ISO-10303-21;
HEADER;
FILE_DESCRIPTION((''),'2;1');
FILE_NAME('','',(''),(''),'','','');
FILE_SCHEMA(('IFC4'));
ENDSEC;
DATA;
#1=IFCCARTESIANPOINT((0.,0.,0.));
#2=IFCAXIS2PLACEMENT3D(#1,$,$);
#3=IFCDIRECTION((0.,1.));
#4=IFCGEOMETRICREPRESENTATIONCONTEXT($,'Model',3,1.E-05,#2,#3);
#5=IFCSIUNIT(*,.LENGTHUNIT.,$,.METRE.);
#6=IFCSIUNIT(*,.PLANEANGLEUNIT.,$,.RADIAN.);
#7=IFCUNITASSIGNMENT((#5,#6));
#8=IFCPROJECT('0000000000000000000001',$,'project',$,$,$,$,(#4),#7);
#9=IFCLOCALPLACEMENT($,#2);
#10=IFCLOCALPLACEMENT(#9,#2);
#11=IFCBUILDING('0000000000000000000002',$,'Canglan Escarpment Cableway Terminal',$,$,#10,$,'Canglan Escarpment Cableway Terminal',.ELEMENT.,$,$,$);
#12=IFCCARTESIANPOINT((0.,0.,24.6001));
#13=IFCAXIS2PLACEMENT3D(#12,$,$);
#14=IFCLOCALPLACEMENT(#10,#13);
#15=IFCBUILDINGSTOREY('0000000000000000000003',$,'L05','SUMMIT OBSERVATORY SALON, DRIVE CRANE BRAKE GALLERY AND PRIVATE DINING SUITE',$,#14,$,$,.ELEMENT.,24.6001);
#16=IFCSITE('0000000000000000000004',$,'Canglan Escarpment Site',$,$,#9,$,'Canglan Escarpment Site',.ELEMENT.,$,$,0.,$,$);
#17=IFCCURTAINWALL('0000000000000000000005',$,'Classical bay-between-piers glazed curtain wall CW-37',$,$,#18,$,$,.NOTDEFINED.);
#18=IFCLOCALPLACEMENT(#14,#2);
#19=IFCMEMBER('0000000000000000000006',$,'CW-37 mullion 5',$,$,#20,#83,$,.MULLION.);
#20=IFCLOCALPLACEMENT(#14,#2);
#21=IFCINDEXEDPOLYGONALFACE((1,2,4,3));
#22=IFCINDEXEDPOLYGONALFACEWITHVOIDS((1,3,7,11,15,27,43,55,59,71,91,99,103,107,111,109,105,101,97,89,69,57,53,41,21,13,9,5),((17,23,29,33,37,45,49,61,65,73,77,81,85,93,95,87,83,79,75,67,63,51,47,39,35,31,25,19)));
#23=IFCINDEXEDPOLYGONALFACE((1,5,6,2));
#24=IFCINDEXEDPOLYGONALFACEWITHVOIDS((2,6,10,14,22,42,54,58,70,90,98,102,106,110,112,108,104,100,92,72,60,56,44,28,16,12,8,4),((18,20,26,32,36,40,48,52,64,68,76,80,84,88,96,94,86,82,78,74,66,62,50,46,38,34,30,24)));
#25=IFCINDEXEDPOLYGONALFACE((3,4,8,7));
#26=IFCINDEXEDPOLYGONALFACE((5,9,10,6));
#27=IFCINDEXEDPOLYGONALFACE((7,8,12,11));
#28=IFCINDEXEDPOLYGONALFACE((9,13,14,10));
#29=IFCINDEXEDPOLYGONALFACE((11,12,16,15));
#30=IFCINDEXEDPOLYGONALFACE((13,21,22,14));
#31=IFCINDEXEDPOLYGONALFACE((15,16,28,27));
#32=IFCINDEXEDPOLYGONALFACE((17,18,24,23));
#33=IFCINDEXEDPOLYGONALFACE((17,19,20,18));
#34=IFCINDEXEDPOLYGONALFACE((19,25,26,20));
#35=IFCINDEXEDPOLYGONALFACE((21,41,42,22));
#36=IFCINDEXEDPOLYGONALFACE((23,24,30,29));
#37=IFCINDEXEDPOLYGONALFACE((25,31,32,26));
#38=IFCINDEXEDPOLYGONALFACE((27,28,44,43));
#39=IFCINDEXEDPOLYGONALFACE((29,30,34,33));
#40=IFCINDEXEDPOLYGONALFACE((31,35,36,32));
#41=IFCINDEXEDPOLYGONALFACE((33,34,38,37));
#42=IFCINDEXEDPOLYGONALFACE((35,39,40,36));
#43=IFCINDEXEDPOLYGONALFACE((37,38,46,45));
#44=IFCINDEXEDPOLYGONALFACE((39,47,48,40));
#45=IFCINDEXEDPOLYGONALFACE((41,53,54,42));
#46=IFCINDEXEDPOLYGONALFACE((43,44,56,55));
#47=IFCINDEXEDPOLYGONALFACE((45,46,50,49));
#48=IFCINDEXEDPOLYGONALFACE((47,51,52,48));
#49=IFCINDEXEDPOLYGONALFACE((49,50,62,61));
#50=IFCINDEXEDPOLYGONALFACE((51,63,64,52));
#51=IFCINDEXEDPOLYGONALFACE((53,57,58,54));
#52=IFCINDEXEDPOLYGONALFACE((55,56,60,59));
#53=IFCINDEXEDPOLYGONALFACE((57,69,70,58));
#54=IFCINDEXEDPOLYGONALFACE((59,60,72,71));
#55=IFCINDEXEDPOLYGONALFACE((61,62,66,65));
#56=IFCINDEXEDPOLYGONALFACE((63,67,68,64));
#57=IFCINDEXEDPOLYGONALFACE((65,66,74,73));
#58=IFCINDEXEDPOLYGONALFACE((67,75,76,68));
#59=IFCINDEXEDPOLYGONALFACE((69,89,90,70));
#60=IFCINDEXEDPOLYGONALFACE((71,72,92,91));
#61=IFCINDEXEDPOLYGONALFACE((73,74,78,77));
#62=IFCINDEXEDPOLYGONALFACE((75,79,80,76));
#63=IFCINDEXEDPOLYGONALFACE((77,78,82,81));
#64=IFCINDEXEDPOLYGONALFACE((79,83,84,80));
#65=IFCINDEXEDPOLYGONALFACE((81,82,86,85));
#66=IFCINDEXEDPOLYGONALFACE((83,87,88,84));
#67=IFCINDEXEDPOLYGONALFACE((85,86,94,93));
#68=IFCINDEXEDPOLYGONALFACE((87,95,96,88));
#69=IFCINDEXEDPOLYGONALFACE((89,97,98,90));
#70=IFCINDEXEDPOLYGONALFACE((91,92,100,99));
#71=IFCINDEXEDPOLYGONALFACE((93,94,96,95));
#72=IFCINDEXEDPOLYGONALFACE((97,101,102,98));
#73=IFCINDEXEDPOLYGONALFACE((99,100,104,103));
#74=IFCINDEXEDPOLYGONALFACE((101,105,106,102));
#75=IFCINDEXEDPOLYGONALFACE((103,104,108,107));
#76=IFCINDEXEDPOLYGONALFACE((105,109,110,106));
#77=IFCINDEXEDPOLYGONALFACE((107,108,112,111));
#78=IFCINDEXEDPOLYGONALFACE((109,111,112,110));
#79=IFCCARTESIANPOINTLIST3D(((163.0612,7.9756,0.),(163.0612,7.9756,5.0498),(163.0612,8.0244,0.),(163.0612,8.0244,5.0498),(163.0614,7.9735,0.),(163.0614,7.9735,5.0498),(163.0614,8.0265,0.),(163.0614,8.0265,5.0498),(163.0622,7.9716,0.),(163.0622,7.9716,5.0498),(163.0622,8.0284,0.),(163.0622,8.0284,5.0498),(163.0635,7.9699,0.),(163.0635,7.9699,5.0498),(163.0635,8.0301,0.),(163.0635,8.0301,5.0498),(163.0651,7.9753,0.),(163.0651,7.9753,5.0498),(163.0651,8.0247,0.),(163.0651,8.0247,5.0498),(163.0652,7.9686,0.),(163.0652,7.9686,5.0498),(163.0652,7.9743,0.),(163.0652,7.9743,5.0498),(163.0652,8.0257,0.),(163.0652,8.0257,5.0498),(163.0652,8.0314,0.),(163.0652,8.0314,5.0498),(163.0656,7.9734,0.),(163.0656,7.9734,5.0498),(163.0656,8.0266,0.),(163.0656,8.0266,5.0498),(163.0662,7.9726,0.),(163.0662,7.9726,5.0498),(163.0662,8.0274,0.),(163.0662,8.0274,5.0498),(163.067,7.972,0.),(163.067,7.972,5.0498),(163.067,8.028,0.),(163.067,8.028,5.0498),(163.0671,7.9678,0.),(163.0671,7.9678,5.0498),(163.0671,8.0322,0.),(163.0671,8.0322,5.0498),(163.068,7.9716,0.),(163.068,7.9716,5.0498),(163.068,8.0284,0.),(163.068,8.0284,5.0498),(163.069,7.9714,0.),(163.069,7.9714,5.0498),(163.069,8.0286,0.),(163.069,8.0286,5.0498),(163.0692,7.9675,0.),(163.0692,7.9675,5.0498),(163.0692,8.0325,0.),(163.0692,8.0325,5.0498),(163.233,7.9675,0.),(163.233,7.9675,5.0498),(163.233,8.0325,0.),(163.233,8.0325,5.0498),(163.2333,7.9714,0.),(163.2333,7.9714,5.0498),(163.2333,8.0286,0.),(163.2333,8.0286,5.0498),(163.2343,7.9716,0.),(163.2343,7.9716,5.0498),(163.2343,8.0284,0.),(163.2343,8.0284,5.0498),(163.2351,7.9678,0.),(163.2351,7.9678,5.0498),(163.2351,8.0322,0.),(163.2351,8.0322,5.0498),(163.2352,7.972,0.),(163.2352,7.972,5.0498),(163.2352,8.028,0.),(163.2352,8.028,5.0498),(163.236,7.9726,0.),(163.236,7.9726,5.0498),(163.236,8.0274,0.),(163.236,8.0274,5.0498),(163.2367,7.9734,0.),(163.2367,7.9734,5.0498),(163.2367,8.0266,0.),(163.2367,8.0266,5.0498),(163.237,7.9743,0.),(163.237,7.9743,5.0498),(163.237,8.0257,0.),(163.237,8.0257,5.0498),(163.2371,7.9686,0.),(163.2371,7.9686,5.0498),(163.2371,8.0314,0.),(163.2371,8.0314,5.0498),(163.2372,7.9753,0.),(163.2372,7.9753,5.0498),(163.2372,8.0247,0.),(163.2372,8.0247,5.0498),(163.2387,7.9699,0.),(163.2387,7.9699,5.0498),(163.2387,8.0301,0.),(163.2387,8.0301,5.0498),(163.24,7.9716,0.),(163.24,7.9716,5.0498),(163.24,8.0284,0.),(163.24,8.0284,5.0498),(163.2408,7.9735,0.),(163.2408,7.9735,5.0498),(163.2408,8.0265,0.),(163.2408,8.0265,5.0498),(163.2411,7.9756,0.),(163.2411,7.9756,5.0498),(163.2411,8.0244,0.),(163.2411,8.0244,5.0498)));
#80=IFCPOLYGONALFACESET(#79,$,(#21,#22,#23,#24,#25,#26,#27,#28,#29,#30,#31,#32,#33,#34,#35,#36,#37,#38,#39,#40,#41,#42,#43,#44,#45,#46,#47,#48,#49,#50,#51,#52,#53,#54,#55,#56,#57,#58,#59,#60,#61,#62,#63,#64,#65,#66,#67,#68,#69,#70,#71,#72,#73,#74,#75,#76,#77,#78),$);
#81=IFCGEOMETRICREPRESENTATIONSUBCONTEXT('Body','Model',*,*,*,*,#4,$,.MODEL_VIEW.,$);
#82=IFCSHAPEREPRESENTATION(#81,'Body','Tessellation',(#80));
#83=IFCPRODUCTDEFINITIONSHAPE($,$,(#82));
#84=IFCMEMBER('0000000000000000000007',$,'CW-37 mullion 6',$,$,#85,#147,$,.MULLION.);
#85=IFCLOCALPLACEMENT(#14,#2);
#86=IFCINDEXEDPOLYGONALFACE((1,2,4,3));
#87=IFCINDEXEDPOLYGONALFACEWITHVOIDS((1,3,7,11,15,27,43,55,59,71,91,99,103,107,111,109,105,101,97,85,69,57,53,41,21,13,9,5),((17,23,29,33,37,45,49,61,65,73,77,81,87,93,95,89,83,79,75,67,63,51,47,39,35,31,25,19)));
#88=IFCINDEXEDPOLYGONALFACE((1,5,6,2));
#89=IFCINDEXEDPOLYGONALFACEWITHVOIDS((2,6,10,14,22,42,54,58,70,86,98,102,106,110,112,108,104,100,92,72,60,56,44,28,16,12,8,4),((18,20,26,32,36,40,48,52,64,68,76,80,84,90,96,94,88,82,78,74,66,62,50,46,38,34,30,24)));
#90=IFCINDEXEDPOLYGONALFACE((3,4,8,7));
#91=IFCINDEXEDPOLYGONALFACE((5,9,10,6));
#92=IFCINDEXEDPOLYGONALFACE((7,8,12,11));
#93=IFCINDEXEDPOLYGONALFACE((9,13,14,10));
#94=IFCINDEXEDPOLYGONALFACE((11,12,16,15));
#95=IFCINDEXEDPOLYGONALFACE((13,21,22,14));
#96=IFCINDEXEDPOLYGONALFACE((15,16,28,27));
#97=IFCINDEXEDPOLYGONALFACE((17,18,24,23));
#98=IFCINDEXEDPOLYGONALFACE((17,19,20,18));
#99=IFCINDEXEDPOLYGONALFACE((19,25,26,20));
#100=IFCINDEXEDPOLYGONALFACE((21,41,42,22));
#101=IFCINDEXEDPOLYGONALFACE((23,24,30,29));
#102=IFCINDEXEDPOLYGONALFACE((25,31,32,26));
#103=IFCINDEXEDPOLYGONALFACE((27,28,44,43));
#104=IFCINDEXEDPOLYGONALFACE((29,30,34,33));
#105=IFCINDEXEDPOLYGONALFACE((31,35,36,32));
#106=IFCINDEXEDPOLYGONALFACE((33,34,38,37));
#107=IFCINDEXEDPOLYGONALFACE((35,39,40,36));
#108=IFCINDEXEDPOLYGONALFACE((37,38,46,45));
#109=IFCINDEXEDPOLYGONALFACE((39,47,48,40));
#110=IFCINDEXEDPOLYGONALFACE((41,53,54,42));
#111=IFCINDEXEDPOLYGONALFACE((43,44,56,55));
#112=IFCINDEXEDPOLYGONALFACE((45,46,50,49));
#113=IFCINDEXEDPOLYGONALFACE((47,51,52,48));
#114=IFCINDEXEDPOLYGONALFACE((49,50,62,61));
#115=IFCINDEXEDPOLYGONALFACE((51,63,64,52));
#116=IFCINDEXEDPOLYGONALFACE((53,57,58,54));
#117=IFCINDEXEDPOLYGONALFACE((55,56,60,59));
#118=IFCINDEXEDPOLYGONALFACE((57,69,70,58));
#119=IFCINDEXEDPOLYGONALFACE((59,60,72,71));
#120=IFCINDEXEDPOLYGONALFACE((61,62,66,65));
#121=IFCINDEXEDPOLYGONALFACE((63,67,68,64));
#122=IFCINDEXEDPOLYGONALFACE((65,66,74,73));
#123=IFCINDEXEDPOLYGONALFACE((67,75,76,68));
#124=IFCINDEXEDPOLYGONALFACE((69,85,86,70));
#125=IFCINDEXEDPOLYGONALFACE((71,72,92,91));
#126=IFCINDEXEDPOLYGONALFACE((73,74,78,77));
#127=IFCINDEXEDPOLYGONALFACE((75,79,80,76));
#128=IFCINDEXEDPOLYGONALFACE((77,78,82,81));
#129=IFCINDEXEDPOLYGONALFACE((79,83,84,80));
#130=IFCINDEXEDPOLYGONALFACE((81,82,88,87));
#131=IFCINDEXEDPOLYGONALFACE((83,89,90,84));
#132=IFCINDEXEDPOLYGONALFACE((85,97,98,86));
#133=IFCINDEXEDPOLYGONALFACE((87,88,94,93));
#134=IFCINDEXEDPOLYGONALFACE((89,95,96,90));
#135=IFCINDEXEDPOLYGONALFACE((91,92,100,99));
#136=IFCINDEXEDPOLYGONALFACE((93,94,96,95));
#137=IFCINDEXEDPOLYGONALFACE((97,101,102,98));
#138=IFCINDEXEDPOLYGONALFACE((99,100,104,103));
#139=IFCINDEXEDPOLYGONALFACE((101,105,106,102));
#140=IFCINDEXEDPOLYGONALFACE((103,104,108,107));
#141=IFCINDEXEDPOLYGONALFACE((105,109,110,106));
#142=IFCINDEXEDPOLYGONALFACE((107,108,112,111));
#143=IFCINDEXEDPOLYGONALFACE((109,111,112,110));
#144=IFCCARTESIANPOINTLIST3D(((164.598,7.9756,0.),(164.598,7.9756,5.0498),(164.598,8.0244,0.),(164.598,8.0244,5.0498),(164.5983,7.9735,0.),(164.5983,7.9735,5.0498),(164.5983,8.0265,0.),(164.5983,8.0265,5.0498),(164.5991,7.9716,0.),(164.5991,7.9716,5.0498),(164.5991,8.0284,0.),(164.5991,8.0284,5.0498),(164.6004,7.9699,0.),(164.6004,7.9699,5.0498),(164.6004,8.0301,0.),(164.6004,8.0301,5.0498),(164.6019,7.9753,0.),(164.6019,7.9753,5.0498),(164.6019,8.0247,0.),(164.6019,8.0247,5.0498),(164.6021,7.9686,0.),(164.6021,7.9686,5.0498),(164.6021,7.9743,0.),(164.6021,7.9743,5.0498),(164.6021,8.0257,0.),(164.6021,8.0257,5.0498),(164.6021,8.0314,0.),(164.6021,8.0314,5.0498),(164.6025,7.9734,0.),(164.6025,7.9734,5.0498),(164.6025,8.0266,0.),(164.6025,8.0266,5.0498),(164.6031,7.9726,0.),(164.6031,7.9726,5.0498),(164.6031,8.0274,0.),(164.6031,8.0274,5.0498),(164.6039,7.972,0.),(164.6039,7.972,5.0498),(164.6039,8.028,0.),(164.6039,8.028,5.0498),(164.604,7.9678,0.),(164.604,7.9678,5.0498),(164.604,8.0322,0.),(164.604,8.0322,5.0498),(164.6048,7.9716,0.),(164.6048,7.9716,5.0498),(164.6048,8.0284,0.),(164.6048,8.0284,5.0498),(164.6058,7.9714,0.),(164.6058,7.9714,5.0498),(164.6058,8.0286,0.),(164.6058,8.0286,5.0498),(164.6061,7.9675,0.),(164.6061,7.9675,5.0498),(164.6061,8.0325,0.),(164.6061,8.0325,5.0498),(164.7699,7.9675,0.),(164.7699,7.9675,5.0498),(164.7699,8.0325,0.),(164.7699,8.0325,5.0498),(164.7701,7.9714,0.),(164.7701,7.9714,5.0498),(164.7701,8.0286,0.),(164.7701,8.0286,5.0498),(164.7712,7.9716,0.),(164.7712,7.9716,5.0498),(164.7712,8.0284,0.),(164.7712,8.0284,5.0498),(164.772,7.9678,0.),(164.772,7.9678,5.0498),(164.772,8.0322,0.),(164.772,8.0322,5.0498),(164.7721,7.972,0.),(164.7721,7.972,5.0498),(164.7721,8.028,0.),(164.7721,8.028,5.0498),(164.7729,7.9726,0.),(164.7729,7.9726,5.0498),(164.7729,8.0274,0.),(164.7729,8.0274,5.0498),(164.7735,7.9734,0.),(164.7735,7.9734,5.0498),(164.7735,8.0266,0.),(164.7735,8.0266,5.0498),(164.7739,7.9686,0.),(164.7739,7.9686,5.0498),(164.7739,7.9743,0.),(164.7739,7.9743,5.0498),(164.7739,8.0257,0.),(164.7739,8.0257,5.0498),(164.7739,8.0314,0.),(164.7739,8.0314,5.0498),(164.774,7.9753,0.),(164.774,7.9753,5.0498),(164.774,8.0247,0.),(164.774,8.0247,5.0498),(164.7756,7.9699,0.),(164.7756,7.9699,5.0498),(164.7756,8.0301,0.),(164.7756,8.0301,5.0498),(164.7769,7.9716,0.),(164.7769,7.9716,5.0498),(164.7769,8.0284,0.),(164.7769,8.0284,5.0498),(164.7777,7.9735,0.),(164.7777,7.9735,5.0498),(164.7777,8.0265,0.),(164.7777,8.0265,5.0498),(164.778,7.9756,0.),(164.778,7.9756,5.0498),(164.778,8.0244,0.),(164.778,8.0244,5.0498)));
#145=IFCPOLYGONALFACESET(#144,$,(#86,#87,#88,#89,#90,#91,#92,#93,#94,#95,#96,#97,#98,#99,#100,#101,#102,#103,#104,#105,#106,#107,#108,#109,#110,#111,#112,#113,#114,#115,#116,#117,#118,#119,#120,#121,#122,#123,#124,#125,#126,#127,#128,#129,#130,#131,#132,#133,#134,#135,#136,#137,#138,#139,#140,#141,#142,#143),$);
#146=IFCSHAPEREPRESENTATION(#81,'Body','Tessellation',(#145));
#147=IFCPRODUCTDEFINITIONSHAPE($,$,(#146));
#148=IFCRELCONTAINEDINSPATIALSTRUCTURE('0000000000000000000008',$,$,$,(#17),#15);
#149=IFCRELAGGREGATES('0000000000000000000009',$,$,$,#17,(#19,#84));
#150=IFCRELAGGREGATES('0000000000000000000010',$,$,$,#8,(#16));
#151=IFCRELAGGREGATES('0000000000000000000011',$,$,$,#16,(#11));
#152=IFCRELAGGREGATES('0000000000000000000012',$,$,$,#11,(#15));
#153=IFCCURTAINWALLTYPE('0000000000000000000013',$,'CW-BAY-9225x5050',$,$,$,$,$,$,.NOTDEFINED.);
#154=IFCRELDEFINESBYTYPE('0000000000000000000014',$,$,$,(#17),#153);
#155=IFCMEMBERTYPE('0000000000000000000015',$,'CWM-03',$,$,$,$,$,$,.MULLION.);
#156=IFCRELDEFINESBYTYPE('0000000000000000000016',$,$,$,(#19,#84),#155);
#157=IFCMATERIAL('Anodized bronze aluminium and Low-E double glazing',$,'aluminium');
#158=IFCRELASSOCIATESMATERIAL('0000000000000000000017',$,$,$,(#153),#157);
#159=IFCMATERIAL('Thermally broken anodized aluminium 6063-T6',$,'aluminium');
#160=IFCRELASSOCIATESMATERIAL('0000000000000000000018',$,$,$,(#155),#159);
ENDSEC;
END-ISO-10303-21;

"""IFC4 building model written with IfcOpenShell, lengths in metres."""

from ifc_helpers import new_model, si_unit, direction, frame, origin, origin_2d, place, context, subcontext, project, spatial, hollow_rectangle, extrude, material, material_profile, profile_set, type_object, element, aggregate, save


model = new_model("IFC4")

# Units and contexts
model_context = context("Model", 3, precision=1e-05, world=origin(), true_north=direction((0.0, 1.0)))
body_context = subcontext(model_context, "Body", "Model", "MODEL_VIEW")
ifc_project = project(units=[si_unit("LENGTHUNIT", "METRE"), si_unit("PLANEANGLEUNIT", "RADIAN")], contexts=[model_context])

# Site, building, storey
site_placement = place(None, origin())
site = spatial("IfcSite", under=ifc_project, at=site_placement, Name="Canglan Escarpment Site", LongName="Canglan Escarpment Site", CompositionType="ELEMENT", RefElevation=0.0)
building_placement = place(site_placement, origin())
building = spatial("IfcBuilding", under=site, at=building_placement, Name="Canglan Escarpment Cableway Terminal", LongName="Canglan Escarpment Cableway Terminal", CompositionType="ELEMENT")
storey_placement = place(building_placement, frame((0.0, 0.0, 24.6001)))
storey = spatial("IfcBuildingStorey", under=building, at=storey_placement, Name="L05", Description="SUMMIT OBSERVATORY SALON, DRIVE CRANE BRAKE GALLERY AND PRIVATE DINING SUITE", CompositionType="ELEMENT", Elevation=24.6001)

# Curtain wall, members
ifc_material_1 = material(Name="Anodized bronze aluminium and Low-E double glazing", Category="aluminium")
curtain_wall_type = type_object("IfcCurtainWallType", Name="CW-BAY-9225x5050", PredefinedType="NOTDEFINED", material=ifc_material_1)
curtain_wall_placement = place(storey_placement, origin())
curtain_wall = element("IfcCurtainWall", 1, at=curtain_wall_placement, inside=storey, type_object=curtain_wall_type, Name="Classical bay-between-piers glazed curtain wall CW-37", PredefinedType="NOTDEFINED")
ifc_material_2 = material(Name="Thermally broken anodized aluminium 6063-T6", Category="aluminium")
ifc_material_profile_1 = material_profile(ifc_material_2, hollow_rectangle(XDim=0.0649, YDim=0.1799, WallThickness=0.0039, InnerFilletRadius=0.0039, OuterFilletRadius=0.0081, at=origin_2d()), Name="ALU-MULL 65x180x4")
ifc_profile_set_1 = profile_set([ifc_material_profile_1], Name="Thermally broken anodized aluminium 6063-T6")
member_type_1 = type_object("IfcMemberType", Name="CWM-03", PredefinedType="MULLION", material=ifc_profile_set_1)
member_1_placement = place(storey_placement, frame((163.1511, 8.0, 0.0), z_axis=(0.0, 0.0, 1.0), x_axis=(0.0, 1.0, 0.0)))
member_1 = element("IfcMember", 2, at=member_1_placement, type_object=member_type_1, Name="CW-37 mullion 5", PredefinedType="MULLION", context=body_context, shape_type="SweptSolid", body=[
    extrude(hollow_rectangle(XDim=0.0649, YDim=0.1799, WallThickness=0.0039, InnerFilletRadius=0.0039, OuterFilletRadius=0.0081, at=origin_2d()), origin(), (0.0, 0.0, 1.0), 5.0498),
])
member_2_placement = place(storey_placement, frame((164.688, 8.0, 0.0), z_axis=(0.0, 0.0, 1.0), x_axis=(0.0, 1.0, 0.0)))
member_2 = element("IfcMember", 3, at=member_2_placement, type_object=member_type_1, Name="CW-37 mullion 6", PredefinedType="MULLION", context=body_context, shape_type="SweptSolid", body=[
    extrude(hollow_rectangle(XDim=0.0649, YDim=0.1799, WallThickness=0.0039, InnerFilletRadius=0.0039, OuterFilletRadius=0.0081, at=origin_2d()), origin(), (0.0, 0.0, 1.0), 5.0498),
])

aggregate(curtain_wall, [member_1, member_2])

save(model, "model.ifc")
